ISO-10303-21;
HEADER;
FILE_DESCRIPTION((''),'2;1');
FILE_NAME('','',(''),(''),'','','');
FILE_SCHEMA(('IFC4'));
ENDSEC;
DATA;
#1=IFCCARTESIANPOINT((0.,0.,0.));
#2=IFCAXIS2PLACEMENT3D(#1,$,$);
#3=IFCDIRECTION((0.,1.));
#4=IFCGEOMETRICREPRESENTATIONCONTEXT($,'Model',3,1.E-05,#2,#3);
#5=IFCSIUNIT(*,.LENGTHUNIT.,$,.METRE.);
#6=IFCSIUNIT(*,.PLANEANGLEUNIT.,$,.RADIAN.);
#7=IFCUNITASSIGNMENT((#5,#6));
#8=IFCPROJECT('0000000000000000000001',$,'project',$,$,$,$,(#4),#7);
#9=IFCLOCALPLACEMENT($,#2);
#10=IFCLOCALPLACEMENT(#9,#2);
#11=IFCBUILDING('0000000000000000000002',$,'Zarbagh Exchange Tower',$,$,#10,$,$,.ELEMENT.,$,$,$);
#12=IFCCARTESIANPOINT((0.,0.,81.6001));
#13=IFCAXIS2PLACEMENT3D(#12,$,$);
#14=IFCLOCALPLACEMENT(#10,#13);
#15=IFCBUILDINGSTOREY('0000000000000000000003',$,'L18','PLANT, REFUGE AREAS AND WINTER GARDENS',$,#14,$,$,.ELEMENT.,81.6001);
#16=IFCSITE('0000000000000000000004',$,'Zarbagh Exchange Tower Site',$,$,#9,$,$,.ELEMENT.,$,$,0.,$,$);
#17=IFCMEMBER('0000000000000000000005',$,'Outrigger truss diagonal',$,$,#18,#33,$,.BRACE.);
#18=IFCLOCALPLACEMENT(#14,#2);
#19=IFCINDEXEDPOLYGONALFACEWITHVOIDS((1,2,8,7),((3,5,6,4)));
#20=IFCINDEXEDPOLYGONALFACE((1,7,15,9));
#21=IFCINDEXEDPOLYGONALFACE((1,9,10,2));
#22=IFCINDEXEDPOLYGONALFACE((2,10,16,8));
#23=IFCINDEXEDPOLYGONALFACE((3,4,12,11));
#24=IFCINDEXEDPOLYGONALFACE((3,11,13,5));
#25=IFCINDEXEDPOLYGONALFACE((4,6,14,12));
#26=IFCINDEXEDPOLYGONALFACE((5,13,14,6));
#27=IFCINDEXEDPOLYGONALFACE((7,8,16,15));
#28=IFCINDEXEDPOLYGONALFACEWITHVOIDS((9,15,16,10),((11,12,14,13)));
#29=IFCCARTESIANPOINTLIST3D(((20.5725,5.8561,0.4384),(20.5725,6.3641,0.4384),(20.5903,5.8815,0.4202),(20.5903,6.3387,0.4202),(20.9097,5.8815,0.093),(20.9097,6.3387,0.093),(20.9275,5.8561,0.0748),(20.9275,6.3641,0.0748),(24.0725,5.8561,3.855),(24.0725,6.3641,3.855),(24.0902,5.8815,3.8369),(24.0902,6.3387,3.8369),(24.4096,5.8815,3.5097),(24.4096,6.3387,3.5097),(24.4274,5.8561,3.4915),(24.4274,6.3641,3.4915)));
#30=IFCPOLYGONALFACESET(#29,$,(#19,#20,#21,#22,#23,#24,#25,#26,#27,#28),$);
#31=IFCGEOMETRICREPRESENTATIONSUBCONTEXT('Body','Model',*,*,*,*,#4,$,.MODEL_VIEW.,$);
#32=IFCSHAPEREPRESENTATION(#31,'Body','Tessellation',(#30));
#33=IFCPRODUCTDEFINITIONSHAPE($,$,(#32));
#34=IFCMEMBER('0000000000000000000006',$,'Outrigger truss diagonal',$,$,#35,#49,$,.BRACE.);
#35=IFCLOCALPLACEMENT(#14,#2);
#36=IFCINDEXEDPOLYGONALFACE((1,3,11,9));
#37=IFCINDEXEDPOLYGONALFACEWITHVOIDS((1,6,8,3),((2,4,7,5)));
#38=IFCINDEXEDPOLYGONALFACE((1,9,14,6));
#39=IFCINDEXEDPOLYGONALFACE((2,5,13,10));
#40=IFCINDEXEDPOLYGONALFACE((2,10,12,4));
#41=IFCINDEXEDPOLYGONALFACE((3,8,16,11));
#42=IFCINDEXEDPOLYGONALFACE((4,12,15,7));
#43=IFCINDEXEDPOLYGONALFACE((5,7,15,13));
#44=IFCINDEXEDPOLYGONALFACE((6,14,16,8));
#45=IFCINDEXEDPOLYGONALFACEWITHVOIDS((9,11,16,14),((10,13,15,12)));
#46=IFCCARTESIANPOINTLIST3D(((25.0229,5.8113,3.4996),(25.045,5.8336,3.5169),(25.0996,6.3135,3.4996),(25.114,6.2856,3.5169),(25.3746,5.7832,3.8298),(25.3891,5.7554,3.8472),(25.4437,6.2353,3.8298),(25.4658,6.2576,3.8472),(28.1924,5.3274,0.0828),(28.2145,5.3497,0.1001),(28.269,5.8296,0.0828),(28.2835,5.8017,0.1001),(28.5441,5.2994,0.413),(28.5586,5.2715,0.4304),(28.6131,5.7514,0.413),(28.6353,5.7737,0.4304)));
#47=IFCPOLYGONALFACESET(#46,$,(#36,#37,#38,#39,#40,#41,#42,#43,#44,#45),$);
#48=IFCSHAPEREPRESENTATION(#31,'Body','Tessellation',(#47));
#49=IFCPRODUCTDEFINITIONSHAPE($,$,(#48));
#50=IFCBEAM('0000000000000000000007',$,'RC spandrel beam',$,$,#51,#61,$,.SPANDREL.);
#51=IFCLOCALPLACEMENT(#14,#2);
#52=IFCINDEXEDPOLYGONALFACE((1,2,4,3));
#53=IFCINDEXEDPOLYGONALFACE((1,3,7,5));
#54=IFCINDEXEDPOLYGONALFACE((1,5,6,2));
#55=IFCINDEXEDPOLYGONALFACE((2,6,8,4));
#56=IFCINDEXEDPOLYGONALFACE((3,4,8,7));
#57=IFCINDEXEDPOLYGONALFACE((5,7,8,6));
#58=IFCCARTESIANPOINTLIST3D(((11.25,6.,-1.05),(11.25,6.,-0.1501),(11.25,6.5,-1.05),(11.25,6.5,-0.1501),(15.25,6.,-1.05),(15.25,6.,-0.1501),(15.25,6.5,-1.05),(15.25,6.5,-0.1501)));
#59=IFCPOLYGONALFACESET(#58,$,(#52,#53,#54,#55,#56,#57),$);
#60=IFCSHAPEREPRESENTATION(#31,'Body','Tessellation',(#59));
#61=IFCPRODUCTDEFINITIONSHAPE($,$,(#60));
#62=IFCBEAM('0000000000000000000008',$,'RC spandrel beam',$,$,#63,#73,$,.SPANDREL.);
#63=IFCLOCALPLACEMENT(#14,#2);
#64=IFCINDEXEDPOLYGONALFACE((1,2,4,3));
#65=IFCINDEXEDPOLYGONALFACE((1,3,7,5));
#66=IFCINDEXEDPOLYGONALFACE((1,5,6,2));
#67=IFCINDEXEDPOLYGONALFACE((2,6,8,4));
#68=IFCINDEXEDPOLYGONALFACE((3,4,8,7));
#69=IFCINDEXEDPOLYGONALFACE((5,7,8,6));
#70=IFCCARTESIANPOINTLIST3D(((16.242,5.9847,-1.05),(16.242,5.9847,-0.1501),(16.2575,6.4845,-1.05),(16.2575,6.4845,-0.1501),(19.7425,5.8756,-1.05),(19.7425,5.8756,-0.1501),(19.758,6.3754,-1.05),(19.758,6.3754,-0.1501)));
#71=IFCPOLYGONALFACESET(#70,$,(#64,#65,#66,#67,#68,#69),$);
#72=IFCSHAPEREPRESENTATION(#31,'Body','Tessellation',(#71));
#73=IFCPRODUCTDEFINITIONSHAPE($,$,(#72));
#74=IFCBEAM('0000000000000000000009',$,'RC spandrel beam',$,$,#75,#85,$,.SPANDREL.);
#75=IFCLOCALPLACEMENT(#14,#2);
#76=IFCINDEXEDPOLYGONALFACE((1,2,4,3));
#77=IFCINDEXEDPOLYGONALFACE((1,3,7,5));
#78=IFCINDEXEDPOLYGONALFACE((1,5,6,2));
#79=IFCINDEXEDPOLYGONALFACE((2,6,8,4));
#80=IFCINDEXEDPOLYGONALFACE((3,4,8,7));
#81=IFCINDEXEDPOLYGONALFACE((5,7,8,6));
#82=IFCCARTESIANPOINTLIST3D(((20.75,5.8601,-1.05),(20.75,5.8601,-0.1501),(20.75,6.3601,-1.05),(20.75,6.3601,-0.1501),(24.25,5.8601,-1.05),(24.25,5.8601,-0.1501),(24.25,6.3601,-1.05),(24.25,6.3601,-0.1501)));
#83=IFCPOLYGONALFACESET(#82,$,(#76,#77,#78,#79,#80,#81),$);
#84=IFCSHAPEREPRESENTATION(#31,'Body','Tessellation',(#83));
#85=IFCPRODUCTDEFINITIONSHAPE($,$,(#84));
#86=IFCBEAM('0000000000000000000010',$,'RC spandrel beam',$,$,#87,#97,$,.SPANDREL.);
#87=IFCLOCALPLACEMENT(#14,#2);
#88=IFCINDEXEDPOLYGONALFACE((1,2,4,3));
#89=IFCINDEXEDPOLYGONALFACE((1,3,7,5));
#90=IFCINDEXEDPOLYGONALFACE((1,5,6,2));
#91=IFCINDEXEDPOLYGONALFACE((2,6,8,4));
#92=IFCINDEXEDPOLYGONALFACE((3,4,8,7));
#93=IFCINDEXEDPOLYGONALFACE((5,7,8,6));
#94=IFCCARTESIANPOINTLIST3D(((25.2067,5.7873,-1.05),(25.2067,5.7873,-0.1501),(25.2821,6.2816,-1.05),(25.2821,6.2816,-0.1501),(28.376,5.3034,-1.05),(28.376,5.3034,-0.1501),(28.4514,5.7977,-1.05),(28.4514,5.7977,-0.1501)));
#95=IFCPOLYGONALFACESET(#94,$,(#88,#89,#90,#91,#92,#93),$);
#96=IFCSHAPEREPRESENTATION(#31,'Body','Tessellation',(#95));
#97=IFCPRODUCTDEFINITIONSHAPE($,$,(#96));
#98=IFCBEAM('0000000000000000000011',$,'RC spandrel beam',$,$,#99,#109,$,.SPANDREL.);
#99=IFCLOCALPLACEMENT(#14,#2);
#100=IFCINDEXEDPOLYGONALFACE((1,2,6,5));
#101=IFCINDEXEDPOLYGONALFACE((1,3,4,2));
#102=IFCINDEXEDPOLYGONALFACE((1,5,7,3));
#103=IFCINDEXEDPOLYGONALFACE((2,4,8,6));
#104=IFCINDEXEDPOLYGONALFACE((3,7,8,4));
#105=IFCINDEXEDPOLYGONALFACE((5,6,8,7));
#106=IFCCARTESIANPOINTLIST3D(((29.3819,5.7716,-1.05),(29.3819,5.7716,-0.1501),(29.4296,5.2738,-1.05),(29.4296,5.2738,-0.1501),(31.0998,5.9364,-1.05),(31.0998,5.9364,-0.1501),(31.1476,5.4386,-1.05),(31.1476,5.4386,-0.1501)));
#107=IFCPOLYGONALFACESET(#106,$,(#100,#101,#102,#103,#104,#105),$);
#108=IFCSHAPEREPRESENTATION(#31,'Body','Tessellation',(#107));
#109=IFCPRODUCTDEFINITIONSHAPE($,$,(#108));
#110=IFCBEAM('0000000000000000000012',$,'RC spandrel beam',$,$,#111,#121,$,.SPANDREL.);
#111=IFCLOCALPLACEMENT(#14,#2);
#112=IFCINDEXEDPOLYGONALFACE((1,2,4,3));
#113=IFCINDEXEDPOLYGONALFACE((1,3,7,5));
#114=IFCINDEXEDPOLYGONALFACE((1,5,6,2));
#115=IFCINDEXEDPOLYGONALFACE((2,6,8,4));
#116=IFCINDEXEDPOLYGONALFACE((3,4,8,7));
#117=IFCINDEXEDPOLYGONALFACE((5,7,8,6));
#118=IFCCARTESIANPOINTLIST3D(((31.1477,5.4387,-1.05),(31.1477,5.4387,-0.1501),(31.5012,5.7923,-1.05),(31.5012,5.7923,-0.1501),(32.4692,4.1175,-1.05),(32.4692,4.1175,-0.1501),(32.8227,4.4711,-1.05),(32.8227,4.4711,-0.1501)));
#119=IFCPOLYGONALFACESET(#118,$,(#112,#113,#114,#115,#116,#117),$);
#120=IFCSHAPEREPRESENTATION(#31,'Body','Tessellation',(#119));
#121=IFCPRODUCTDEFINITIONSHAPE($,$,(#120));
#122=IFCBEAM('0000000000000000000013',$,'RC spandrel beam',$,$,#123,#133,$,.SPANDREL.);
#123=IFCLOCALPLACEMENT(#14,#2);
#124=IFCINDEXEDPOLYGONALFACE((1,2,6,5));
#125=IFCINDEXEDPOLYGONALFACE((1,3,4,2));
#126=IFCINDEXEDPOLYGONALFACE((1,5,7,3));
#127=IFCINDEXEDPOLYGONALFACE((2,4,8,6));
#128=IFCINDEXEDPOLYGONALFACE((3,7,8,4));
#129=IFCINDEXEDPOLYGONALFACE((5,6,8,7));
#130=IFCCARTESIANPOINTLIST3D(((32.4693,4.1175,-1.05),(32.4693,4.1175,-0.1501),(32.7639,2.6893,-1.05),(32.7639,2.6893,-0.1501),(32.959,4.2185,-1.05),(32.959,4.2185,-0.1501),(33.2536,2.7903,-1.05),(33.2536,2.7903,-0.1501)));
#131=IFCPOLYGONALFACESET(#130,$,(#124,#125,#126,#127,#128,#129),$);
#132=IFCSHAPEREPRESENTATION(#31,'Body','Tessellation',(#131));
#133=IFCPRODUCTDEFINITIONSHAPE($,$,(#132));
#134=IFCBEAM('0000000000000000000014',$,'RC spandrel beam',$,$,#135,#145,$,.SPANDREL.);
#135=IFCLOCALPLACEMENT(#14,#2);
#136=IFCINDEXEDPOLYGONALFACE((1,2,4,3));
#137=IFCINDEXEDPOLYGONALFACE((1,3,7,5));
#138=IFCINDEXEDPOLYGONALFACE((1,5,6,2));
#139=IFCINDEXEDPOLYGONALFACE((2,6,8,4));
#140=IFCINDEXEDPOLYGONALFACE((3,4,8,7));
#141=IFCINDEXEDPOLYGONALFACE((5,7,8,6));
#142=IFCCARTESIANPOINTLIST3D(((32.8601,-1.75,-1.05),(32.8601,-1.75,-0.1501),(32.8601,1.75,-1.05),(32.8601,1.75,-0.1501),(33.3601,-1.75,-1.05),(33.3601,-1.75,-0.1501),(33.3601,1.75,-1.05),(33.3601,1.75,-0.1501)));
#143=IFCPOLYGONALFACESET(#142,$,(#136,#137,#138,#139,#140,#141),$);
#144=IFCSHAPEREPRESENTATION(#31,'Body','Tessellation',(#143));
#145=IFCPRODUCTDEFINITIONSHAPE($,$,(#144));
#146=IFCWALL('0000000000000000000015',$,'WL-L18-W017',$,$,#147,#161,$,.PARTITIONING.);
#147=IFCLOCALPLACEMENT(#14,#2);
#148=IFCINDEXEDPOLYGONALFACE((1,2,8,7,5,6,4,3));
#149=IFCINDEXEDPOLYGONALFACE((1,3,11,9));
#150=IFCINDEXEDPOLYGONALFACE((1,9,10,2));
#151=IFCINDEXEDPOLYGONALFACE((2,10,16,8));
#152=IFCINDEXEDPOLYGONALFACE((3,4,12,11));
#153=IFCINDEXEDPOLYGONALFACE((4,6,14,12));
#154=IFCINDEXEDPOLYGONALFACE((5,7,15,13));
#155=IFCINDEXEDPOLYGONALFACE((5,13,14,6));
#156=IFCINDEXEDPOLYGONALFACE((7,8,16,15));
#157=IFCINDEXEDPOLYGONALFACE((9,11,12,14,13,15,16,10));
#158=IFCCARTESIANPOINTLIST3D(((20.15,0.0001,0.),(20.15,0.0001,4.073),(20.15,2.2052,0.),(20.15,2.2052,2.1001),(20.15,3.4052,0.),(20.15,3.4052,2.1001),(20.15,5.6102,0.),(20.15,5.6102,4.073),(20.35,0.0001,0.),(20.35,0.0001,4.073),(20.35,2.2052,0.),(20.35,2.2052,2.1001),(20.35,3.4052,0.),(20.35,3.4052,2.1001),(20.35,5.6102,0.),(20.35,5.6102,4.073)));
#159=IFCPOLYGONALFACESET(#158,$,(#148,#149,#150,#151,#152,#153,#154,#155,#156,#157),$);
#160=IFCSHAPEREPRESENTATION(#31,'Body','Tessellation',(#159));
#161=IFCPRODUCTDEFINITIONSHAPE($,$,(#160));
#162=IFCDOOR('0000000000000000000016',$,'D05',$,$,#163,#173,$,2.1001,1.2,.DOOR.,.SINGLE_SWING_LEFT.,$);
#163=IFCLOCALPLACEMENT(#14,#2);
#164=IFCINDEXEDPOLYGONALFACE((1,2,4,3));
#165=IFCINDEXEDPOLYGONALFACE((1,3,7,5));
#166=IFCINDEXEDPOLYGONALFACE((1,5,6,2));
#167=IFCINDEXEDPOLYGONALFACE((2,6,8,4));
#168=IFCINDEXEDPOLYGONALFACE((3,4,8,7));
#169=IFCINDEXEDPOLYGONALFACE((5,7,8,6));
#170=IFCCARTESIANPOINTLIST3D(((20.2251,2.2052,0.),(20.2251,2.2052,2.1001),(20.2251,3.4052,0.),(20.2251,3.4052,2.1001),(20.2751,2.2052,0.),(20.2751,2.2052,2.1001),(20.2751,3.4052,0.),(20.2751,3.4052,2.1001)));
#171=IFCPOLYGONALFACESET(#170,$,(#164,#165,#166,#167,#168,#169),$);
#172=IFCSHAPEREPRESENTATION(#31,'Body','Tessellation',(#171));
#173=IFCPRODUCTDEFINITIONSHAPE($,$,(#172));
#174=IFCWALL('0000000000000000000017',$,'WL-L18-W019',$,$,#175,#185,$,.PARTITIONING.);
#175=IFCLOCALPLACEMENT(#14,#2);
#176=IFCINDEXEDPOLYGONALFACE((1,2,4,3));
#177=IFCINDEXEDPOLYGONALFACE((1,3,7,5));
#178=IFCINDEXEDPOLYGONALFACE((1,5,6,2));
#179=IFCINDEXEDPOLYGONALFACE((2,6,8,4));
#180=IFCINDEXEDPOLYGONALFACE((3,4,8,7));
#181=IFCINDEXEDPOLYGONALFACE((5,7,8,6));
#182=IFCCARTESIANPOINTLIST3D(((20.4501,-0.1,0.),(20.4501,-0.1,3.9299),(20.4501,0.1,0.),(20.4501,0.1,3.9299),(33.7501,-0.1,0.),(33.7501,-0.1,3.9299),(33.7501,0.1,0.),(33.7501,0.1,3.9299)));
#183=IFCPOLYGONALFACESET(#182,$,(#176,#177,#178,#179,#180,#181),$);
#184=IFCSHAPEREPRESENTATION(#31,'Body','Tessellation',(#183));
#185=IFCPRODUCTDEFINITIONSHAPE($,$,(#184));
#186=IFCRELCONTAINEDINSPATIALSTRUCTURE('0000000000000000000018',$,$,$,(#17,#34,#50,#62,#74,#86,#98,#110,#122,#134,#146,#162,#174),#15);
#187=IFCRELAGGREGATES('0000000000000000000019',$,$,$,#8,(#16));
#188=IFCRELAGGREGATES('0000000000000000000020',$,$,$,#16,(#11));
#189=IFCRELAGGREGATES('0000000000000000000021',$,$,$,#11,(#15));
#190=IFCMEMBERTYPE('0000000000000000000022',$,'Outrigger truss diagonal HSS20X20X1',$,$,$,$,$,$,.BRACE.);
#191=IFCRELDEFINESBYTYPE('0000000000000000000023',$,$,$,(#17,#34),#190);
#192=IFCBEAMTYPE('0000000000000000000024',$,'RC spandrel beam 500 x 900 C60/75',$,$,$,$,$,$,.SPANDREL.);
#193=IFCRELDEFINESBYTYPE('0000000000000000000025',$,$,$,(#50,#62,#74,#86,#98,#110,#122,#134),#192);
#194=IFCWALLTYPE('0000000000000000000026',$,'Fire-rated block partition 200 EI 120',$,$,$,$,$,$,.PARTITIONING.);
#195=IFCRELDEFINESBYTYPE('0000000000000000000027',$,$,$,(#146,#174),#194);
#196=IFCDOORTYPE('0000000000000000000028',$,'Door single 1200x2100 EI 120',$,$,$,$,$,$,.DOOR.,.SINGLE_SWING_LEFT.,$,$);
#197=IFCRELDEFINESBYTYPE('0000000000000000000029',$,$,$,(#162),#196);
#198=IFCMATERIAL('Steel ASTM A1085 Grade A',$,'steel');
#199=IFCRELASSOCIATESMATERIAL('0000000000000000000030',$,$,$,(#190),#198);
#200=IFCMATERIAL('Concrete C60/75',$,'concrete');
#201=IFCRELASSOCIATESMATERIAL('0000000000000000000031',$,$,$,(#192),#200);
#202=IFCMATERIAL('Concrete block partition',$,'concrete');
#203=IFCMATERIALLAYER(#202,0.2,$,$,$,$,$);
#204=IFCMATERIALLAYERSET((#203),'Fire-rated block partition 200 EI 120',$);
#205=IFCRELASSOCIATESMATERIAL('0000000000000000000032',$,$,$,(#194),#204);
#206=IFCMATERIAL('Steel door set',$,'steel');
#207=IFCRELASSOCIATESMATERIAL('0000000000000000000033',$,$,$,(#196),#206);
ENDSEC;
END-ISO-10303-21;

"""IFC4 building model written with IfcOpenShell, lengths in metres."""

from ifc_helpers import new_model, si_unit, direction, frame, frame_2d, origin, origin_2d, place, context, subcontext, project, spatial, rectangle, hollow_rectangle, extrude, material, layer, layer_set, material_profile, profile_set, type_object, element, fill, save


model = new_model("IFC4")

# Units and contexts
model_context = context("Model", 3, precision=1e-05, world=origin(), true_north=direction((0.0, 1.0)))
body_context = subcontext(model_context, "Body", "Model", "MODEL_VIEW")
ifc_project = project(units=[si_unit("LENGTHUNIT", "METRE"), si_unit("PLANEANGLEUNIT", "RADIAN")], contexts=[model_context])

# Site, building, storey
site_placement = place(None, origin())
site = spatial("IfcSite", under=ifc_project, at=site_placement, Name="Zarbagh Exchange Tower Site", CompositionType="ELEMENT", RefElevation=0.0)
building_placement = place(site_placement, origin())
building = spatial("IfcBuilding", under=site, at=building_placement, Name="Zarbagh Exchange Tower", CompositionType="ELEMENT")
storey_placement = place(building_placement, frame((0.0, 0.0, 81.6001)))
storey = spatial("IfcBuildingStorey", under=building, at=storey_placement, Name="L18", Description="PLANT, REFUGE AREAS AND WINTER GARDENS", CompositionType="ELEMENT", Elevation=81.6001)

# Shared definitions
ifc_material_1 = material(Name="Concrete C60/75", Category="concrete")

# Members
ifc_material_2 = material(Name="Steel ASTM A1085 Grade A", Category="steel")
ifc_material_profile_1 = material_profile(ifc_material_2, hollow_rectangle(XDim=0.5081, YDim=0.5081, WallThickness=0.0254, at=origin_2d()), Name="HSS20X20X1")
ifc_profile_set_1 = profile_set([ifc_material_profile_1], Name="Steel ASTM A1085 Grade A")
member_type_1 = type_object("IfcMemberType", Name="Outrigger truss diagonal HSS20X20X1", PredefinedType="BRACE", material=ifc_profile_set_1)
member_1_placement = place(storey_placement, frame((20.75, 6.1101, 0.2566), z_axis=(0.715566, 0.0, 0.698545), x_axis=(0.0, 1.0, 0.0)))
element("IfcMember", 1, at=member_1_placement, inside=storey, type_object=member_type_1, Name="Outrigger truss diagonal", PredefinedType="BRACE", context=body_context, shape_type="SweptSolid", body=[
    extrude(hollow_rectangle(XDim=0.5081, YDim=0.5081, WallThickness=0.0254, at=origin_2d()), origin(), (0.0, 0.0, 1.0), 4.8911),
])
member_2_placement = place(storey_placement, frame((28.4138, 5.5505, 0.2566), z_axis=(-0.676439, 0.103274, 0.729222), x_axis=(-0.150924, -0.988545, 0.0)))
element("IfcMember", 2, at=member_2_placement, inside=storey, type_object=member_type_1, Name="Outrigger truss diagonal", PredefinedType="BRACE", context=body_context, shape_type="SweptSolid", body=[
    extrude(hollow_rectangle(XDim=0.5081, YDim=0.5081, WallThickness=0.0254, at=origin_2d()), origin(), (0.0, 0.0, 1.0), 4.6855),
])

# Beams
ifc_material_profile_2 = material_profile(ifc_material_1, rectangle(XDim=0.5, YDim=0.8999, at=origin_2d()), Name="RC spandrel beam 500 x 900 C60/75")
ifc_profile_set_2 = profile_set([ifc_material_profile_2], Name="Concrete C60/75")
beam_type_1 = type_object("IfcBeamType", Name="RC spandrel beam 500 x 900 C60/75", PredefinedType="SPANDREL", material=ifc_profile_set_2)
beam_1_placement = place(storey_placement, frame((11.25, 6.25, -0.6001), z_axis=(1.0, 0.0, 0.0), x_axis=(0.0, 1.0, 0.0)))
element("IfcBeam", 3, at=beam_1_placement, inside=storey, type_object=beam_type_1, Name="RC spandrel beam", PredefinedType="SPANDREL", context=body_context, shape_type="SweptSolid", body=[
    extrude(rectangle(XDim=0.5, YDim=0.8999, at=origin_2d()), origin(), (0.0, 0.0, 1.0), 4.0),
])
beam_2_placement = place(storey_placement, frame((16.2498, 6.2346, -0.6001), z_axis=(0.999514, -0.031161, 0.0), x_axis=(0.031161, 0.999514, 0.0)))
element("IfcBeam", 4, at=beam_2_placement, inside=storey, type_object=beam_type_1, Name="RC spandrel beam", PredefinedType="SPANDREL", context=body_context, shape_type="SweptSolid", body=[
    extrude(rectangle(XDim=0.5, YDim=0.8999, at=origin_2d()), origin(), (0.0, 0.0, 1.0), 3.5022),
])
beam_3_placement = place(storey_placement, frame((20.75, 6.1101, -0.6001), z_axis=(1.0, 0.0, 0.0), x_axis=(0.0, 1.0, 0.0)))
element("IfcBeam", 5, at=beam_3_placement, inside=storey, type_object=beam_type_1, Name="RC spandrel beam", PredefinedType="SPANDREL", context=body_context, shape_type="SweptSolid", body=[
    extrude(rectangle(XDim=0.5, YDim=0.8999, at=origin_2d()), origin(), (0.0, 0.0, 1.0), 3.5),
])
beam_4_placement = place(storey_placement, frame((25.2444, 6.0344, -0.6001), z_axis=(0.988545, -0.150924, 0.0), x_axis=(0.150924, 0.988545, 0.0)))
element("IfcBeam", 6, at=beam_4_placement, inside=storey, type_object=beam_type_1, Name="RC spandrel beam", PredefinedType="SPANDREL", context=body_context, shape_type="SweptSolid", body=[
    extrude(rectangle(XDim=0.5, YDim=0.8999, at=origin_2d()), origin(), (0.0, 0.0, 1.0), 3.2061),
])
beam_5_placement = place(storey_placement, frame((29.4058, 5.5227, -0.6001), z_axis=(0.995431, 0.095483, 0.0), x_axis=(-0.095483, 0.995431, 0.0)))
element("IfcBeam", 7, at=beam_5_placement, inside=storey, type_object=beam_type_1, Name="RC spandrel beam", PredefinedType="SPANDREL", context=body_context, shape_type="SweptSolid", body=[
    extrude(rectangle(XDim=0.5, YDim=0.8999, at=origin_2d()), origin(), (0.0, 0.0, 1.0), 1.7258),
])
beam_6_placement = place(storey_placement, frame((31.3245, 5.6155, -0.6001), z_axis=(0.707172, -0.707041, 0.0), x_axis=(0.707041, 0.707172, 0.0)))
element("IfcBeam", 8, at=beam_6_placement, inside=storey, type_object=beam_type_1, Name="RC spandrel beam", PredefinedType="SPANDREL", context=body_context, shape_type="SweptSolid", body=[
    extrude(rectangle(XDim=0.5, YDim=0.8999, at=origin_2d()), origin(), (0.0, 0.0, 1.0), 1.8687),
])
beam_7_placement = place(storey_placement, frame((32.7141, 4.168, -0.6001), z_axis=(0.202069, -0.979371, 0.0), x_axis=(0.979371, 0.202069, 0.0)))
element("IfcBeam", 9, at=beam_7_placement, inside=storey, type_object=beam_type_1, Name="RC spandrel beam", PredefinedType="SPANDREL", context=body_context, shape_type="SweptSolid", body=[
    extrude(rectangle(XDim=0.5, YDim=0.8999, at=origin_2d()), origin(), (0.0, 0.0, 1.0), 1.4583),
])
beam_8_placement = place(storey_placement, frame((33.1101, 1.75, -0.6001), z_axis=(0.0, -1.0, 0.0), x_axis=(1.0, 0.0, 0.0)))
element("IfcBeam", 10, at=beam_8_placement, inside=storey, type_object=beam_type_1, Name="RC spandrel beam", PredefinedType="SPANDREL", context=body_context, shape_type="SweptSolid", body=[
    extrude(rectangle(XDim=0.5, YDim=0.8999, at=origin_2d()), origin(), (0.0, 0.0, 1.0), 3.5),
])

# Wall, opening, door
ifc_material_3 = material(Name="Concrete block partition", Category="concrete")
ifc_layer_1 = layer(ifc_material_3, 0.2)
ifc_layer_set_1 = layer_set([ifc_layer_1], Name="Fire-rated block partition 200 EI 120")
wall_type_1 = type_object("IfcWallType", Name="Fire-rated block partition 200 EI 120", PredefinedType="PARTITIONING", material=ifc_layer_set_1)
wall_1_placement = place(storey_placement, frame((20.25, 0.0, 0.0), z_axis=(0.0, 0.0, 1.0), x_axis=(0.0, 1.0, 0.0)))
wall_1 = element("IfcWall", 11, at=wall_1_placement, inside=storey, type_object=wall_type_1, Name="WL-L18-W017", PredefinedType="PARTITIONING", context=body_context, shape_type="SweptSolid", body=[
    extrude(rectangle(XDim=5.6101, YDim=0.2, at=frame_2d((2.8052, 0.0))), origin(), (0.0, 0.0, 1.0), 4.073),
])
opening_1_placement = place(wall_1_placement, frame((2.2051, 0.0, 0.0)))
opening_1 = element("IfcOpeningElement", 12, at=opening_1_placement, cuts=wall_1, PredefinedType="OPENING", context=body_context, shape_type="SweptSolid", body=[
    extrude(rectangle(XDim=1.2, YDim=2.1001, at=frame_2d((0.6001, 1.05))), frame((0.0, 0.1099, 0.0), z_axis=(0.0, -1.0, 0.0), x_axis=(1.0, 0.0, 0.0)), (0.0, 0.0, 1.0), 0.22),
])
ifc_material_4 = material(Name="Steel door set", Category="steel")
door_type_1 = type_object("IfcDoorType", Name="Door single 1200x2100 EI 120", OperationType="SINGLE_SWING_LEFT", PredefinedType="DOOR", material=ifc_material_4)
door_1_placement = place(opening_1_placement, origin())
door_1 = element("IfcDoor", 13, at=door_1_placement, inside=storey, type_object=door_type_1, Name="D05", OperationType="SINGLE_SWING_LEFT", OverallHeight=2.1001, OverallWidth=1.2, PredefinedType="DOOR", context=body_context, shape_type="SweptSolid", body=[
    extrude(rectangle(XDim=1.2, YDim=2.1001, at=frame_2d((0.6001, 1.05))), frame((0.0, 0.0249, 0.0), z_axis=(0.0, -1.0, 0.0), x_axis=(1.0, 0.0, 0.0)), (0.0, 0.0, 1.0), 0.05),
])
fill(opening_1, door_1)

# Wall
wall_2_placement = place(storey_placement, frame((33.75, 0.0, 0.0), z_axis=(0.0, 0.0, 1.0), x_axis=(-1.0, 0.0, 0.0)))
element("IfcWall", 14, at=wall_2_placement, inside=storey, type_object=wall_type_1, Name="WL-L18-W019", PredefinedType="PARTITIONING", context=body_context, shape_type="SweptSolid", body=[
    extrude(rectangle(XDim=13.3, YDim=0.2, at=frame_2d((6.6499, 0.0))), origin(), (0.0, 0.0, 1.0), 3.9299),
])

save(model, "model.ifc")
